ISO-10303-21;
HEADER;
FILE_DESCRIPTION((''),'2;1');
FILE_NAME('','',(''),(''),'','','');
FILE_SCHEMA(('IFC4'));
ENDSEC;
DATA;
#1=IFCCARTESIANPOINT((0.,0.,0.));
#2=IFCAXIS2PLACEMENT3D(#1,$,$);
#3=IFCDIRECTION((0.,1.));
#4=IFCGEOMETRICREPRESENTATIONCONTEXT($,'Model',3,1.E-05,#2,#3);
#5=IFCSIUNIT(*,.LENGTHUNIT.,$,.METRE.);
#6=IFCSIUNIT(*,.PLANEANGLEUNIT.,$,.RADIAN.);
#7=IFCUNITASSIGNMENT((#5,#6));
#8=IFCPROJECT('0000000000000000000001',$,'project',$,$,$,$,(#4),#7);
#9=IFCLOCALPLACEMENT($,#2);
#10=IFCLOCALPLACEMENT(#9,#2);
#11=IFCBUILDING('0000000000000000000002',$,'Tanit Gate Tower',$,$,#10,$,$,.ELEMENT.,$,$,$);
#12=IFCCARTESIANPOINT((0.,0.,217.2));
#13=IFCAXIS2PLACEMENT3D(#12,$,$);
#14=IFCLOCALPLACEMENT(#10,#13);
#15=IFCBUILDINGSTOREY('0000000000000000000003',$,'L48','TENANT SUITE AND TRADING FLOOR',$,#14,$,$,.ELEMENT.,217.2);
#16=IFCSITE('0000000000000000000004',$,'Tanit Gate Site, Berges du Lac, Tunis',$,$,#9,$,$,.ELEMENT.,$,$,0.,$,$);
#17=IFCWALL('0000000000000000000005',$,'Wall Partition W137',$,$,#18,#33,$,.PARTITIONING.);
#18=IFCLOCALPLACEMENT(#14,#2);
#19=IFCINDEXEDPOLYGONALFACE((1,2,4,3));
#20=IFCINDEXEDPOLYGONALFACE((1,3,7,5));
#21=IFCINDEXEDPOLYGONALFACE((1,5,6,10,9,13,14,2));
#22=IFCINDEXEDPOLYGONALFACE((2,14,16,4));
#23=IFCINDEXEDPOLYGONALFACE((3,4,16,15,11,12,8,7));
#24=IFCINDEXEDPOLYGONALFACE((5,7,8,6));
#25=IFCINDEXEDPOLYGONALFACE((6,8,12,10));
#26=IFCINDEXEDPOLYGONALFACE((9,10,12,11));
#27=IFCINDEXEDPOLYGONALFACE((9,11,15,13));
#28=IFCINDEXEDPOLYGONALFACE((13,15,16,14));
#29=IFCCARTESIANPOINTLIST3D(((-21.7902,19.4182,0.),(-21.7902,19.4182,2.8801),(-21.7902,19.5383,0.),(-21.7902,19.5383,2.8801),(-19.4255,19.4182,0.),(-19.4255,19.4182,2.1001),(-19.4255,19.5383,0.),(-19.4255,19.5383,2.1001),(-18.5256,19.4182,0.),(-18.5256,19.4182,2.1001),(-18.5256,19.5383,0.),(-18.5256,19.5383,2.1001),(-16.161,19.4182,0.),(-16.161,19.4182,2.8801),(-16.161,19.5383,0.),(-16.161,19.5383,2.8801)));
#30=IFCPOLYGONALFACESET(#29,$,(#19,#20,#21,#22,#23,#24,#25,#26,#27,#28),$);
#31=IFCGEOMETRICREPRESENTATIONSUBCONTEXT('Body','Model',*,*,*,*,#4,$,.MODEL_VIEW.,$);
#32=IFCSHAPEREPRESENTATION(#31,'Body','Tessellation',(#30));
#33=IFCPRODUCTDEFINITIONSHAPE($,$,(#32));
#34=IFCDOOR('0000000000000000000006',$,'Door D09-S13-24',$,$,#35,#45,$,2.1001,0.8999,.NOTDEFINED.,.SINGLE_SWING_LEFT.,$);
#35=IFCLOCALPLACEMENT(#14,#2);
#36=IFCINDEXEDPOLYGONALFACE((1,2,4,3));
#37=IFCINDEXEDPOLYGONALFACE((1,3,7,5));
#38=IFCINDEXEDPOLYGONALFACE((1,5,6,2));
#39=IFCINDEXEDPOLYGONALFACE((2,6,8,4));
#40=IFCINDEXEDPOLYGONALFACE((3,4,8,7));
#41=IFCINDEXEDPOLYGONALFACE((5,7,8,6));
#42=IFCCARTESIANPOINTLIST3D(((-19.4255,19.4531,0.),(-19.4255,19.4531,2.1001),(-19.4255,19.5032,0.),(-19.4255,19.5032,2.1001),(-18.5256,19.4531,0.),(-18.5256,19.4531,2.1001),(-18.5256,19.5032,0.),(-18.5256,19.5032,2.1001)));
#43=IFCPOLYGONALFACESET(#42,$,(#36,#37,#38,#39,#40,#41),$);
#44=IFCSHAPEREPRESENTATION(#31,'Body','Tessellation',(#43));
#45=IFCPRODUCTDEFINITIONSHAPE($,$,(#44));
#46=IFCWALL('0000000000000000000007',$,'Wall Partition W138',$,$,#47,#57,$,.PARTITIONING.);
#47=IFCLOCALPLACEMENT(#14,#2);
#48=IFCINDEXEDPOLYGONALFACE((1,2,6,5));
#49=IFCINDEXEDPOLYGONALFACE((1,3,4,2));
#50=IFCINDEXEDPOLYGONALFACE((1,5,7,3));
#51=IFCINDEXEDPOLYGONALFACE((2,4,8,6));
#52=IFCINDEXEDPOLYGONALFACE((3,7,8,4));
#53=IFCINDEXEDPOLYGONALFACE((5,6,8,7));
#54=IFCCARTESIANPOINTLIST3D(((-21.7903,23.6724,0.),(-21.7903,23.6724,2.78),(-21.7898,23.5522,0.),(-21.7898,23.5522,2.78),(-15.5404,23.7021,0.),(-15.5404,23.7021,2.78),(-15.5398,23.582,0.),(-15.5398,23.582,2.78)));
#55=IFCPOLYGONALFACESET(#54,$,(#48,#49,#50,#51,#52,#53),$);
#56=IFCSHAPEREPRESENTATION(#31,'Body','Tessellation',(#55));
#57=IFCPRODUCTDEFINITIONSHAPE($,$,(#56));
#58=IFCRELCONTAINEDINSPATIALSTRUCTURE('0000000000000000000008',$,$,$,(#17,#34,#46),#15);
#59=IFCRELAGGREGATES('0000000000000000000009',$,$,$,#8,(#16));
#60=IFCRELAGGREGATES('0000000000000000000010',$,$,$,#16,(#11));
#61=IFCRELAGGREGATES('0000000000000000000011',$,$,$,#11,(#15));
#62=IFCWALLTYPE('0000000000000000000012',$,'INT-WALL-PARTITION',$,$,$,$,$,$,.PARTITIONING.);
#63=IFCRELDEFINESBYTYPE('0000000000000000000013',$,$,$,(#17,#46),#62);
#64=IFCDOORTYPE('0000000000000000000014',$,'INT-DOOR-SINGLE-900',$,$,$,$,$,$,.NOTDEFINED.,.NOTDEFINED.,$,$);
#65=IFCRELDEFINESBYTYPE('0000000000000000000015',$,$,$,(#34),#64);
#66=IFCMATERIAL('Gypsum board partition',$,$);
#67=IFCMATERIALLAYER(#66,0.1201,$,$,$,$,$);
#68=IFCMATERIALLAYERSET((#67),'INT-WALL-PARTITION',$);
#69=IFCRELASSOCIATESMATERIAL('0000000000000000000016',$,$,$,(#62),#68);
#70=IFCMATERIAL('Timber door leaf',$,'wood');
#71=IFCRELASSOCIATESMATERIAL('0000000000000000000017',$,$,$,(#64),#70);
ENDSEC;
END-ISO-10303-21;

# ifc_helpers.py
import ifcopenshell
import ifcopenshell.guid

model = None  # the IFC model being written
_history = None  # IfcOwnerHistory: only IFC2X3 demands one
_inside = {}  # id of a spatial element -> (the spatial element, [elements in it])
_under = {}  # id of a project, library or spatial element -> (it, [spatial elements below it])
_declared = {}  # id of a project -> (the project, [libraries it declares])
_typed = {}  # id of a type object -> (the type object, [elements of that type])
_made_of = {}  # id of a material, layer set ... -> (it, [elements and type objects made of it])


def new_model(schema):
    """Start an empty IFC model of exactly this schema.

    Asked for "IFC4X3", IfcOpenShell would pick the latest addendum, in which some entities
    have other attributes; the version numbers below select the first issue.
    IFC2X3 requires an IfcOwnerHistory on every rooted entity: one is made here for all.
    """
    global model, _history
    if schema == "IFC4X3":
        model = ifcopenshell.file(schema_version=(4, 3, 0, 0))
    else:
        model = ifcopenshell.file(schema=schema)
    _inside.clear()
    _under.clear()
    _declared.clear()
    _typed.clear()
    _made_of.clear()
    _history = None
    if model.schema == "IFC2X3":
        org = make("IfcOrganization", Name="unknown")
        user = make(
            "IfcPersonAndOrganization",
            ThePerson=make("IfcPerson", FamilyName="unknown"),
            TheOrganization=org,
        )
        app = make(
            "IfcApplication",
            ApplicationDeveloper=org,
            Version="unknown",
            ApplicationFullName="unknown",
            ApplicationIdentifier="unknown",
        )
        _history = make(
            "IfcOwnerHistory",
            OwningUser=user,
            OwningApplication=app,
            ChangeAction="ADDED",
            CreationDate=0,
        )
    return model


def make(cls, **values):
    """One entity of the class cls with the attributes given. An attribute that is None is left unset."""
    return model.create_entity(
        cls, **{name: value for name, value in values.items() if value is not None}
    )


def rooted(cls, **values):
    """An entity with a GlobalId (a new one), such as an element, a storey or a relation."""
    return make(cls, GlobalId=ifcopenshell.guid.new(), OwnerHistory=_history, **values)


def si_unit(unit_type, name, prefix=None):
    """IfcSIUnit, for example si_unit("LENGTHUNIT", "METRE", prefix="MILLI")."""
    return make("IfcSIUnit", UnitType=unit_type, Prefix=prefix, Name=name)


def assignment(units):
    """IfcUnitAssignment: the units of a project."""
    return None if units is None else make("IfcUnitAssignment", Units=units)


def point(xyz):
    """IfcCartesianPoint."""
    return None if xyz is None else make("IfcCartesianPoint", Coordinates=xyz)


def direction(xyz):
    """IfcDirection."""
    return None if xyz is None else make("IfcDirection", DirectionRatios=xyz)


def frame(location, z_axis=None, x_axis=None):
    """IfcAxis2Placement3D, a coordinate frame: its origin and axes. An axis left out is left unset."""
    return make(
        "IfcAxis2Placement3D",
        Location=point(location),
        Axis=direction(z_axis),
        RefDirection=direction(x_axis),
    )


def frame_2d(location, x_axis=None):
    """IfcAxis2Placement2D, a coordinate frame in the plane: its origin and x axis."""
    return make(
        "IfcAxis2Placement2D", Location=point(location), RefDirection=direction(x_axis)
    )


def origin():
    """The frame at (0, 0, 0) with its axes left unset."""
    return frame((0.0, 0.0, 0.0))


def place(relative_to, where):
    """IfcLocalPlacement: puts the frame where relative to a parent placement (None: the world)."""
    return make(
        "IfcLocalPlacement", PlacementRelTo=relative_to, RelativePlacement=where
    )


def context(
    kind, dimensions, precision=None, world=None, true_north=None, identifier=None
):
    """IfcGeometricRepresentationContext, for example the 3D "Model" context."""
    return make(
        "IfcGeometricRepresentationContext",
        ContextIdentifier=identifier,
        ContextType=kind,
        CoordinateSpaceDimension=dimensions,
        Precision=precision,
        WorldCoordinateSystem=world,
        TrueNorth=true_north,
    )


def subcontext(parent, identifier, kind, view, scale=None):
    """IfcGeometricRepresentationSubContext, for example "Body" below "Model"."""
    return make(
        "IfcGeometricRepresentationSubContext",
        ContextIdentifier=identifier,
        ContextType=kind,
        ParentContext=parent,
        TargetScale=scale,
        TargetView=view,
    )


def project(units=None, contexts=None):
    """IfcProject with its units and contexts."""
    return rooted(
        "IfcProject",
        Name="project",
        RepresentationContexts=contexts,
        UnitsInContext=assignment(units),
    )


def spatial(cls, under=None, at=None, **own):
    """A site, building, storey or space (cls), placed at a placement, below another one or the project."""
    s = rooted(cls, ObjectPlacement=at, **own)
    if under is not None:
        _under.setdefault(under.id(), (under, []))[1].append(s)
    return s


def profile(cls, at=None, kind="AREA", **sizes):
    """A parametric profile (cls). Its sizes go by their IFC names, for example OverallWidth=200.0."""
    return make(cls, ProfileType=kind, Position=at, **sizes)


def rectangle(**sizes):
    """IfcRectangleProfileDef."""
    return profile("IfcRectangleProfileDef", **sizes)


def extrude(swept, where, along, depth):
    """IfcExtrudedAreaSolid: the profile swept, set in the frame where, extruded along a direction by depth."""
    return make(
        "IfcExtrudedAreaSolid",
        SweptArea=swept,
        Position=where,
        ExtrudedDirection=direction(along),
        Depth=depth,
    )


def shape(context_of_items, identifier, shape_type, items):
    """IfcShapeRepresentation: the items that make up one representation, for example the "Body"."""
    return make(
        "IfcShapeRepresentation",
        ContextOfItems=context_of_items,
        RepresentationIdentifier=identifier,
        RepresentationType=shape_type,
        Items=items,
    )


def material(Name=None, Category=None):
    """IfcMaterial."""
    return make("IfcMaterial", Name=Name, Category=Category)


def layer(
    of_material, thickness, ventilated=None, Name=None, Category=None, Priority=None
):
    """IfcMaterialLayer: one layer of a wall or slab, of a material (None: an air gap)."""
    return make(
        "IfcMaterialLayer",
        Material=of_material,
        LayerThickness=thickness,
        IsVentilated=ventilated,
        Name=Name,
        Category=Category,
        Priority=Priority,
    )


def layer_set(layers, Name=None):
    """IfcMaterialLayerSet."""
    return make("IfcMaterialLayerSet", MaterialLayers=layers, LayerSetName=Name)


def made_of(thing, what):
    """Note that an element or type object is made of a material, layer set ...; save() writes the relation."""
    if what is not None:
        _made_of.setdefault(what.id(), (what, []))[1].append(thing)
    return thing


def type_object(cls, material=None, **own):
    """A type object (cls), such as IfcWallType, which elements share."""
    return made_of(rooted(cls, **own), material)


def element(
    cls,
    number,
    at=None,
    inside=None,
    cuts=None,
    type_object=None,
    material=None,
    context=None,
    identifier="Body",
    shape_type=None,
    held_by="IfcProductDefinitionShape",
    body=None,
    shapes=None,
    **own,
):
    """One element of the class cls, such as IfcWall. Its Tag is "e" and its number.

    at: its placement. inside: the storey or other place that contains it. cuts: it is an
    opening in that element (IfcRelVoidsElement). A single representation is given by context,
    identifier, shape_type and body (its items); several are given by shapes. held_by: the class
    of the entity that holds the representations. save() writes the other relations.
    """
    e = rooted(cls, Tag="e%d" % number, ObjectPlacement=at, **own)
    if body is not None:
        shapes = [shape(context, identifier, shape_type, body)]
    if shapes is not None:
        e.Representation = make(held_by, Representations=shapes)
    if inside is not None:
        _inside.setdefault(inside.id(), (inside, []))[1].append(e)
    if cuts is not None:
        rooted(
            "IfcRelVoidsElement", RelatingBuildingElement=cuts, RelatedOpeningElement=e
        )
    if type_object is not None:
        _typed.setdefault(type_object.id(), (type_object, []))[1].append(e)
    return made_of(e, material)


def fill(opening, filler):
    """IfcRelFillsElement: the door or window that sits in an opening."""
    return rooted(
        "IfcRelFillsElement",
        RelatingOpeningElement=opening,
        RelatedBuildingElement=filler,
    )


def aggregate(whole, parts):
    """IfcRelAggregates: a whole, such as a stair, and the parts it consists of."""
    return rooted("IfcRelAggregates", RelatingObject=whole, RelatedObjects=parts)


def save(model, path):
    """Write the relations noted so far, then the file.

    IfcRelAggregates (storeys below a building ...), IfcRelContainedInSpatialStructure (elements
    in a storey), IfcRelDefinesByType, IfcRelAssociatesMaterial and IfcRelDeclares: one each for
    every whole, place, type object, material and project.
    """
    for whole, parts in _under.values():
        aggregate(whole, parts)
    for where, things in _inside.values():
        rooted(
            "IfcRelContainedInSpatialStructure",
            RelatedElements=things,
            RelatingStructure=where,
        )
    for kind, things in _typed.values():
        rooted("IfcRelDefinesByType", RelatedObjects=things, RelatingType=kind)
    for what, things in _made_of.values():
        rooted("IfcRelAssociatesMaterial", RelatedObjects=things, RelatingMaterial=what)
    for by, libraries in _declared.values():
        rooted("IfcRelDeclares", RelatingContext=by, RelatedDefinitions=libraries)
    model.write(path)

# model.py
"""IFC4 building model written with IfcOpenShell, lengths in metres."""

from ifc_helpers import new_model, si_unit, direction, frame, frame_2d, origin, place, context, subcontext, project, spatial, rectangle, extrude, material, layer, layer_set, type_object, element, fill, save


model = new_model("IFC4")

# Units and contexts
model_context = context("Model", 3, precision=1e-05, world=origin(), true_north=direction((0.0, 1.0)))
body_context = subcontext(model_context, "Body", "Model", "MODEL_VIEW")
ifc_project = project(units=[si_unit("LENGTHUNIT", "METRE"), si_unit("PLANEANGLEUNIT", "RADIAN")], contexts=[model_context])

# Site, building, storey
site_placement = place(None, origin())
site = spatial("IfcSite", under=ifc_project, at=site_placement, Name="Tanit Gate Site, Berges du Lac, Tunis", CompositionType="ELEMENT", RefElevation=0.0)
building_placement = place(site_placement, origin())
building = spatial("IfcBuilding", under=site, at=building_placement, Name="Tanit Gate Tower", CompositionType="ELEMENT")
storey_placement = place(building_placement, frame((0.0, 0.0, 217.2)))
storey = spatial("IfcBuildingStorey", under=building, at=storey_placement, Name="L48", Description="TENANT SUITE AND TRADING FLOOR", CompositionType="ELEMENT", Elevation=217.2)

# Wall, opening, door
ifc_material_1 = material(Name="Gypsum board partition")
ifc_layer_1 = layer(ifc_material_1, 0.1201)
ifc_layer_set_1 = layer_set([ifc_layer_1], Name="INT-WALL-PARTITION")
wall_type_1 = type_object("IfcWallType", Name="INT-WALL-PARTITION", PredefinedType="PARTITIONING", material=ifc_layer_set_1)
wall_1_placement = place(storey_placement, frame((-21.79, 19.4783, 0.0), z_axis=(0.0, 0.0, 1.0), x_axis=(1.0, 0.0, 0.0)))
wall_1 = element("IfcWall", 1, at=wall_1_placement, inside=storey, type_object=wall_type_1, Name="Wall Partition W137", PredefinedType="PARTITIONING", context=body_context, shape_type="SweptSolid", body=[
    extrude(rectangle(XDim=5.6292, YDim=0.1201, at=frame_2d((2.8145, 0.0))), origin(), (0.0, 0.0, 1.0), 2.8801),
])
opening_placement = place(wall_1_placement, frame((2.3645, 0.0, 0.0)))
opening = element("IfcOpeningElement", 2, at=opening_placement, cuts=wall_1, PredefinedType="OPENING", context=body_context, shape_type="SweptSolid", body=[
    extrude(rectangle(XDim=0.8999, YDim=2.1001, at=frame_2d((0.45, 1.05))), frame((0.0, 0.0701, 0.0), z_axis=(0.0, -1.0, 0.0), x_axis=(1.0, 0.0, 0.0)), (0.0, 0.0, 1.0), 0.1401),
])
ifc_material_2 = material(Name="Timber door leaf", Category="wood")
door_type = type_object("IfcDoorType", Name="INT-DOOR-SINGLE-900", OperationType="NOTDEFINED", PredefinedType="NOTDEFINED", material=ifc_material_2)
door_placement = place(opening_placement, origin())
door = element("IfcDoor", 3, at=door_placement, inside=storey, type_object=door_type, Name="Door D09-S13-24", OperationType="SINGLE_SWING_LEFT", OverallHeight=2.1001, OverallWidth=0.8999, PredefinedType="NOTDEFINED", context=body_context, shape_type="SweptSolid", body=[
    extrude(rectangle(XDim=0.8999, YDim=2.1001, at=frame_2d((0.45, 1.05))), frame((0.0, 0.0249, 0.0), z_axis=(0.0, -1.0, 0.0), x_axis=(1.0, 0.0, 0.0)), (0.0, 0.0, 1.0), 0.05),
])
fill(opening, door)

# Wall
wall_2_placement = place(storey_placement, frame((-21.79, 23.6123, 0.0), z_axis=(0.0, 0.0, 1.0), x_axis=(0.999989, 0.004766, 0.0)))
element("IfcWall", 4, at=wall_2_placement, inside=storey, type_object=wall_type_1, Name="Wall Partition W138", PredefinedType="PARTITIONING", context=body_context, shape_type="SweptSolid", body=[
    extrude(rectangle(XDim=6.25, YDim=0.1201, at=frame_2d((3.125, 0.0))), origin(), (0.0, 0.0, 1.0), 2.78),
])

save(model, "model.ifc")
